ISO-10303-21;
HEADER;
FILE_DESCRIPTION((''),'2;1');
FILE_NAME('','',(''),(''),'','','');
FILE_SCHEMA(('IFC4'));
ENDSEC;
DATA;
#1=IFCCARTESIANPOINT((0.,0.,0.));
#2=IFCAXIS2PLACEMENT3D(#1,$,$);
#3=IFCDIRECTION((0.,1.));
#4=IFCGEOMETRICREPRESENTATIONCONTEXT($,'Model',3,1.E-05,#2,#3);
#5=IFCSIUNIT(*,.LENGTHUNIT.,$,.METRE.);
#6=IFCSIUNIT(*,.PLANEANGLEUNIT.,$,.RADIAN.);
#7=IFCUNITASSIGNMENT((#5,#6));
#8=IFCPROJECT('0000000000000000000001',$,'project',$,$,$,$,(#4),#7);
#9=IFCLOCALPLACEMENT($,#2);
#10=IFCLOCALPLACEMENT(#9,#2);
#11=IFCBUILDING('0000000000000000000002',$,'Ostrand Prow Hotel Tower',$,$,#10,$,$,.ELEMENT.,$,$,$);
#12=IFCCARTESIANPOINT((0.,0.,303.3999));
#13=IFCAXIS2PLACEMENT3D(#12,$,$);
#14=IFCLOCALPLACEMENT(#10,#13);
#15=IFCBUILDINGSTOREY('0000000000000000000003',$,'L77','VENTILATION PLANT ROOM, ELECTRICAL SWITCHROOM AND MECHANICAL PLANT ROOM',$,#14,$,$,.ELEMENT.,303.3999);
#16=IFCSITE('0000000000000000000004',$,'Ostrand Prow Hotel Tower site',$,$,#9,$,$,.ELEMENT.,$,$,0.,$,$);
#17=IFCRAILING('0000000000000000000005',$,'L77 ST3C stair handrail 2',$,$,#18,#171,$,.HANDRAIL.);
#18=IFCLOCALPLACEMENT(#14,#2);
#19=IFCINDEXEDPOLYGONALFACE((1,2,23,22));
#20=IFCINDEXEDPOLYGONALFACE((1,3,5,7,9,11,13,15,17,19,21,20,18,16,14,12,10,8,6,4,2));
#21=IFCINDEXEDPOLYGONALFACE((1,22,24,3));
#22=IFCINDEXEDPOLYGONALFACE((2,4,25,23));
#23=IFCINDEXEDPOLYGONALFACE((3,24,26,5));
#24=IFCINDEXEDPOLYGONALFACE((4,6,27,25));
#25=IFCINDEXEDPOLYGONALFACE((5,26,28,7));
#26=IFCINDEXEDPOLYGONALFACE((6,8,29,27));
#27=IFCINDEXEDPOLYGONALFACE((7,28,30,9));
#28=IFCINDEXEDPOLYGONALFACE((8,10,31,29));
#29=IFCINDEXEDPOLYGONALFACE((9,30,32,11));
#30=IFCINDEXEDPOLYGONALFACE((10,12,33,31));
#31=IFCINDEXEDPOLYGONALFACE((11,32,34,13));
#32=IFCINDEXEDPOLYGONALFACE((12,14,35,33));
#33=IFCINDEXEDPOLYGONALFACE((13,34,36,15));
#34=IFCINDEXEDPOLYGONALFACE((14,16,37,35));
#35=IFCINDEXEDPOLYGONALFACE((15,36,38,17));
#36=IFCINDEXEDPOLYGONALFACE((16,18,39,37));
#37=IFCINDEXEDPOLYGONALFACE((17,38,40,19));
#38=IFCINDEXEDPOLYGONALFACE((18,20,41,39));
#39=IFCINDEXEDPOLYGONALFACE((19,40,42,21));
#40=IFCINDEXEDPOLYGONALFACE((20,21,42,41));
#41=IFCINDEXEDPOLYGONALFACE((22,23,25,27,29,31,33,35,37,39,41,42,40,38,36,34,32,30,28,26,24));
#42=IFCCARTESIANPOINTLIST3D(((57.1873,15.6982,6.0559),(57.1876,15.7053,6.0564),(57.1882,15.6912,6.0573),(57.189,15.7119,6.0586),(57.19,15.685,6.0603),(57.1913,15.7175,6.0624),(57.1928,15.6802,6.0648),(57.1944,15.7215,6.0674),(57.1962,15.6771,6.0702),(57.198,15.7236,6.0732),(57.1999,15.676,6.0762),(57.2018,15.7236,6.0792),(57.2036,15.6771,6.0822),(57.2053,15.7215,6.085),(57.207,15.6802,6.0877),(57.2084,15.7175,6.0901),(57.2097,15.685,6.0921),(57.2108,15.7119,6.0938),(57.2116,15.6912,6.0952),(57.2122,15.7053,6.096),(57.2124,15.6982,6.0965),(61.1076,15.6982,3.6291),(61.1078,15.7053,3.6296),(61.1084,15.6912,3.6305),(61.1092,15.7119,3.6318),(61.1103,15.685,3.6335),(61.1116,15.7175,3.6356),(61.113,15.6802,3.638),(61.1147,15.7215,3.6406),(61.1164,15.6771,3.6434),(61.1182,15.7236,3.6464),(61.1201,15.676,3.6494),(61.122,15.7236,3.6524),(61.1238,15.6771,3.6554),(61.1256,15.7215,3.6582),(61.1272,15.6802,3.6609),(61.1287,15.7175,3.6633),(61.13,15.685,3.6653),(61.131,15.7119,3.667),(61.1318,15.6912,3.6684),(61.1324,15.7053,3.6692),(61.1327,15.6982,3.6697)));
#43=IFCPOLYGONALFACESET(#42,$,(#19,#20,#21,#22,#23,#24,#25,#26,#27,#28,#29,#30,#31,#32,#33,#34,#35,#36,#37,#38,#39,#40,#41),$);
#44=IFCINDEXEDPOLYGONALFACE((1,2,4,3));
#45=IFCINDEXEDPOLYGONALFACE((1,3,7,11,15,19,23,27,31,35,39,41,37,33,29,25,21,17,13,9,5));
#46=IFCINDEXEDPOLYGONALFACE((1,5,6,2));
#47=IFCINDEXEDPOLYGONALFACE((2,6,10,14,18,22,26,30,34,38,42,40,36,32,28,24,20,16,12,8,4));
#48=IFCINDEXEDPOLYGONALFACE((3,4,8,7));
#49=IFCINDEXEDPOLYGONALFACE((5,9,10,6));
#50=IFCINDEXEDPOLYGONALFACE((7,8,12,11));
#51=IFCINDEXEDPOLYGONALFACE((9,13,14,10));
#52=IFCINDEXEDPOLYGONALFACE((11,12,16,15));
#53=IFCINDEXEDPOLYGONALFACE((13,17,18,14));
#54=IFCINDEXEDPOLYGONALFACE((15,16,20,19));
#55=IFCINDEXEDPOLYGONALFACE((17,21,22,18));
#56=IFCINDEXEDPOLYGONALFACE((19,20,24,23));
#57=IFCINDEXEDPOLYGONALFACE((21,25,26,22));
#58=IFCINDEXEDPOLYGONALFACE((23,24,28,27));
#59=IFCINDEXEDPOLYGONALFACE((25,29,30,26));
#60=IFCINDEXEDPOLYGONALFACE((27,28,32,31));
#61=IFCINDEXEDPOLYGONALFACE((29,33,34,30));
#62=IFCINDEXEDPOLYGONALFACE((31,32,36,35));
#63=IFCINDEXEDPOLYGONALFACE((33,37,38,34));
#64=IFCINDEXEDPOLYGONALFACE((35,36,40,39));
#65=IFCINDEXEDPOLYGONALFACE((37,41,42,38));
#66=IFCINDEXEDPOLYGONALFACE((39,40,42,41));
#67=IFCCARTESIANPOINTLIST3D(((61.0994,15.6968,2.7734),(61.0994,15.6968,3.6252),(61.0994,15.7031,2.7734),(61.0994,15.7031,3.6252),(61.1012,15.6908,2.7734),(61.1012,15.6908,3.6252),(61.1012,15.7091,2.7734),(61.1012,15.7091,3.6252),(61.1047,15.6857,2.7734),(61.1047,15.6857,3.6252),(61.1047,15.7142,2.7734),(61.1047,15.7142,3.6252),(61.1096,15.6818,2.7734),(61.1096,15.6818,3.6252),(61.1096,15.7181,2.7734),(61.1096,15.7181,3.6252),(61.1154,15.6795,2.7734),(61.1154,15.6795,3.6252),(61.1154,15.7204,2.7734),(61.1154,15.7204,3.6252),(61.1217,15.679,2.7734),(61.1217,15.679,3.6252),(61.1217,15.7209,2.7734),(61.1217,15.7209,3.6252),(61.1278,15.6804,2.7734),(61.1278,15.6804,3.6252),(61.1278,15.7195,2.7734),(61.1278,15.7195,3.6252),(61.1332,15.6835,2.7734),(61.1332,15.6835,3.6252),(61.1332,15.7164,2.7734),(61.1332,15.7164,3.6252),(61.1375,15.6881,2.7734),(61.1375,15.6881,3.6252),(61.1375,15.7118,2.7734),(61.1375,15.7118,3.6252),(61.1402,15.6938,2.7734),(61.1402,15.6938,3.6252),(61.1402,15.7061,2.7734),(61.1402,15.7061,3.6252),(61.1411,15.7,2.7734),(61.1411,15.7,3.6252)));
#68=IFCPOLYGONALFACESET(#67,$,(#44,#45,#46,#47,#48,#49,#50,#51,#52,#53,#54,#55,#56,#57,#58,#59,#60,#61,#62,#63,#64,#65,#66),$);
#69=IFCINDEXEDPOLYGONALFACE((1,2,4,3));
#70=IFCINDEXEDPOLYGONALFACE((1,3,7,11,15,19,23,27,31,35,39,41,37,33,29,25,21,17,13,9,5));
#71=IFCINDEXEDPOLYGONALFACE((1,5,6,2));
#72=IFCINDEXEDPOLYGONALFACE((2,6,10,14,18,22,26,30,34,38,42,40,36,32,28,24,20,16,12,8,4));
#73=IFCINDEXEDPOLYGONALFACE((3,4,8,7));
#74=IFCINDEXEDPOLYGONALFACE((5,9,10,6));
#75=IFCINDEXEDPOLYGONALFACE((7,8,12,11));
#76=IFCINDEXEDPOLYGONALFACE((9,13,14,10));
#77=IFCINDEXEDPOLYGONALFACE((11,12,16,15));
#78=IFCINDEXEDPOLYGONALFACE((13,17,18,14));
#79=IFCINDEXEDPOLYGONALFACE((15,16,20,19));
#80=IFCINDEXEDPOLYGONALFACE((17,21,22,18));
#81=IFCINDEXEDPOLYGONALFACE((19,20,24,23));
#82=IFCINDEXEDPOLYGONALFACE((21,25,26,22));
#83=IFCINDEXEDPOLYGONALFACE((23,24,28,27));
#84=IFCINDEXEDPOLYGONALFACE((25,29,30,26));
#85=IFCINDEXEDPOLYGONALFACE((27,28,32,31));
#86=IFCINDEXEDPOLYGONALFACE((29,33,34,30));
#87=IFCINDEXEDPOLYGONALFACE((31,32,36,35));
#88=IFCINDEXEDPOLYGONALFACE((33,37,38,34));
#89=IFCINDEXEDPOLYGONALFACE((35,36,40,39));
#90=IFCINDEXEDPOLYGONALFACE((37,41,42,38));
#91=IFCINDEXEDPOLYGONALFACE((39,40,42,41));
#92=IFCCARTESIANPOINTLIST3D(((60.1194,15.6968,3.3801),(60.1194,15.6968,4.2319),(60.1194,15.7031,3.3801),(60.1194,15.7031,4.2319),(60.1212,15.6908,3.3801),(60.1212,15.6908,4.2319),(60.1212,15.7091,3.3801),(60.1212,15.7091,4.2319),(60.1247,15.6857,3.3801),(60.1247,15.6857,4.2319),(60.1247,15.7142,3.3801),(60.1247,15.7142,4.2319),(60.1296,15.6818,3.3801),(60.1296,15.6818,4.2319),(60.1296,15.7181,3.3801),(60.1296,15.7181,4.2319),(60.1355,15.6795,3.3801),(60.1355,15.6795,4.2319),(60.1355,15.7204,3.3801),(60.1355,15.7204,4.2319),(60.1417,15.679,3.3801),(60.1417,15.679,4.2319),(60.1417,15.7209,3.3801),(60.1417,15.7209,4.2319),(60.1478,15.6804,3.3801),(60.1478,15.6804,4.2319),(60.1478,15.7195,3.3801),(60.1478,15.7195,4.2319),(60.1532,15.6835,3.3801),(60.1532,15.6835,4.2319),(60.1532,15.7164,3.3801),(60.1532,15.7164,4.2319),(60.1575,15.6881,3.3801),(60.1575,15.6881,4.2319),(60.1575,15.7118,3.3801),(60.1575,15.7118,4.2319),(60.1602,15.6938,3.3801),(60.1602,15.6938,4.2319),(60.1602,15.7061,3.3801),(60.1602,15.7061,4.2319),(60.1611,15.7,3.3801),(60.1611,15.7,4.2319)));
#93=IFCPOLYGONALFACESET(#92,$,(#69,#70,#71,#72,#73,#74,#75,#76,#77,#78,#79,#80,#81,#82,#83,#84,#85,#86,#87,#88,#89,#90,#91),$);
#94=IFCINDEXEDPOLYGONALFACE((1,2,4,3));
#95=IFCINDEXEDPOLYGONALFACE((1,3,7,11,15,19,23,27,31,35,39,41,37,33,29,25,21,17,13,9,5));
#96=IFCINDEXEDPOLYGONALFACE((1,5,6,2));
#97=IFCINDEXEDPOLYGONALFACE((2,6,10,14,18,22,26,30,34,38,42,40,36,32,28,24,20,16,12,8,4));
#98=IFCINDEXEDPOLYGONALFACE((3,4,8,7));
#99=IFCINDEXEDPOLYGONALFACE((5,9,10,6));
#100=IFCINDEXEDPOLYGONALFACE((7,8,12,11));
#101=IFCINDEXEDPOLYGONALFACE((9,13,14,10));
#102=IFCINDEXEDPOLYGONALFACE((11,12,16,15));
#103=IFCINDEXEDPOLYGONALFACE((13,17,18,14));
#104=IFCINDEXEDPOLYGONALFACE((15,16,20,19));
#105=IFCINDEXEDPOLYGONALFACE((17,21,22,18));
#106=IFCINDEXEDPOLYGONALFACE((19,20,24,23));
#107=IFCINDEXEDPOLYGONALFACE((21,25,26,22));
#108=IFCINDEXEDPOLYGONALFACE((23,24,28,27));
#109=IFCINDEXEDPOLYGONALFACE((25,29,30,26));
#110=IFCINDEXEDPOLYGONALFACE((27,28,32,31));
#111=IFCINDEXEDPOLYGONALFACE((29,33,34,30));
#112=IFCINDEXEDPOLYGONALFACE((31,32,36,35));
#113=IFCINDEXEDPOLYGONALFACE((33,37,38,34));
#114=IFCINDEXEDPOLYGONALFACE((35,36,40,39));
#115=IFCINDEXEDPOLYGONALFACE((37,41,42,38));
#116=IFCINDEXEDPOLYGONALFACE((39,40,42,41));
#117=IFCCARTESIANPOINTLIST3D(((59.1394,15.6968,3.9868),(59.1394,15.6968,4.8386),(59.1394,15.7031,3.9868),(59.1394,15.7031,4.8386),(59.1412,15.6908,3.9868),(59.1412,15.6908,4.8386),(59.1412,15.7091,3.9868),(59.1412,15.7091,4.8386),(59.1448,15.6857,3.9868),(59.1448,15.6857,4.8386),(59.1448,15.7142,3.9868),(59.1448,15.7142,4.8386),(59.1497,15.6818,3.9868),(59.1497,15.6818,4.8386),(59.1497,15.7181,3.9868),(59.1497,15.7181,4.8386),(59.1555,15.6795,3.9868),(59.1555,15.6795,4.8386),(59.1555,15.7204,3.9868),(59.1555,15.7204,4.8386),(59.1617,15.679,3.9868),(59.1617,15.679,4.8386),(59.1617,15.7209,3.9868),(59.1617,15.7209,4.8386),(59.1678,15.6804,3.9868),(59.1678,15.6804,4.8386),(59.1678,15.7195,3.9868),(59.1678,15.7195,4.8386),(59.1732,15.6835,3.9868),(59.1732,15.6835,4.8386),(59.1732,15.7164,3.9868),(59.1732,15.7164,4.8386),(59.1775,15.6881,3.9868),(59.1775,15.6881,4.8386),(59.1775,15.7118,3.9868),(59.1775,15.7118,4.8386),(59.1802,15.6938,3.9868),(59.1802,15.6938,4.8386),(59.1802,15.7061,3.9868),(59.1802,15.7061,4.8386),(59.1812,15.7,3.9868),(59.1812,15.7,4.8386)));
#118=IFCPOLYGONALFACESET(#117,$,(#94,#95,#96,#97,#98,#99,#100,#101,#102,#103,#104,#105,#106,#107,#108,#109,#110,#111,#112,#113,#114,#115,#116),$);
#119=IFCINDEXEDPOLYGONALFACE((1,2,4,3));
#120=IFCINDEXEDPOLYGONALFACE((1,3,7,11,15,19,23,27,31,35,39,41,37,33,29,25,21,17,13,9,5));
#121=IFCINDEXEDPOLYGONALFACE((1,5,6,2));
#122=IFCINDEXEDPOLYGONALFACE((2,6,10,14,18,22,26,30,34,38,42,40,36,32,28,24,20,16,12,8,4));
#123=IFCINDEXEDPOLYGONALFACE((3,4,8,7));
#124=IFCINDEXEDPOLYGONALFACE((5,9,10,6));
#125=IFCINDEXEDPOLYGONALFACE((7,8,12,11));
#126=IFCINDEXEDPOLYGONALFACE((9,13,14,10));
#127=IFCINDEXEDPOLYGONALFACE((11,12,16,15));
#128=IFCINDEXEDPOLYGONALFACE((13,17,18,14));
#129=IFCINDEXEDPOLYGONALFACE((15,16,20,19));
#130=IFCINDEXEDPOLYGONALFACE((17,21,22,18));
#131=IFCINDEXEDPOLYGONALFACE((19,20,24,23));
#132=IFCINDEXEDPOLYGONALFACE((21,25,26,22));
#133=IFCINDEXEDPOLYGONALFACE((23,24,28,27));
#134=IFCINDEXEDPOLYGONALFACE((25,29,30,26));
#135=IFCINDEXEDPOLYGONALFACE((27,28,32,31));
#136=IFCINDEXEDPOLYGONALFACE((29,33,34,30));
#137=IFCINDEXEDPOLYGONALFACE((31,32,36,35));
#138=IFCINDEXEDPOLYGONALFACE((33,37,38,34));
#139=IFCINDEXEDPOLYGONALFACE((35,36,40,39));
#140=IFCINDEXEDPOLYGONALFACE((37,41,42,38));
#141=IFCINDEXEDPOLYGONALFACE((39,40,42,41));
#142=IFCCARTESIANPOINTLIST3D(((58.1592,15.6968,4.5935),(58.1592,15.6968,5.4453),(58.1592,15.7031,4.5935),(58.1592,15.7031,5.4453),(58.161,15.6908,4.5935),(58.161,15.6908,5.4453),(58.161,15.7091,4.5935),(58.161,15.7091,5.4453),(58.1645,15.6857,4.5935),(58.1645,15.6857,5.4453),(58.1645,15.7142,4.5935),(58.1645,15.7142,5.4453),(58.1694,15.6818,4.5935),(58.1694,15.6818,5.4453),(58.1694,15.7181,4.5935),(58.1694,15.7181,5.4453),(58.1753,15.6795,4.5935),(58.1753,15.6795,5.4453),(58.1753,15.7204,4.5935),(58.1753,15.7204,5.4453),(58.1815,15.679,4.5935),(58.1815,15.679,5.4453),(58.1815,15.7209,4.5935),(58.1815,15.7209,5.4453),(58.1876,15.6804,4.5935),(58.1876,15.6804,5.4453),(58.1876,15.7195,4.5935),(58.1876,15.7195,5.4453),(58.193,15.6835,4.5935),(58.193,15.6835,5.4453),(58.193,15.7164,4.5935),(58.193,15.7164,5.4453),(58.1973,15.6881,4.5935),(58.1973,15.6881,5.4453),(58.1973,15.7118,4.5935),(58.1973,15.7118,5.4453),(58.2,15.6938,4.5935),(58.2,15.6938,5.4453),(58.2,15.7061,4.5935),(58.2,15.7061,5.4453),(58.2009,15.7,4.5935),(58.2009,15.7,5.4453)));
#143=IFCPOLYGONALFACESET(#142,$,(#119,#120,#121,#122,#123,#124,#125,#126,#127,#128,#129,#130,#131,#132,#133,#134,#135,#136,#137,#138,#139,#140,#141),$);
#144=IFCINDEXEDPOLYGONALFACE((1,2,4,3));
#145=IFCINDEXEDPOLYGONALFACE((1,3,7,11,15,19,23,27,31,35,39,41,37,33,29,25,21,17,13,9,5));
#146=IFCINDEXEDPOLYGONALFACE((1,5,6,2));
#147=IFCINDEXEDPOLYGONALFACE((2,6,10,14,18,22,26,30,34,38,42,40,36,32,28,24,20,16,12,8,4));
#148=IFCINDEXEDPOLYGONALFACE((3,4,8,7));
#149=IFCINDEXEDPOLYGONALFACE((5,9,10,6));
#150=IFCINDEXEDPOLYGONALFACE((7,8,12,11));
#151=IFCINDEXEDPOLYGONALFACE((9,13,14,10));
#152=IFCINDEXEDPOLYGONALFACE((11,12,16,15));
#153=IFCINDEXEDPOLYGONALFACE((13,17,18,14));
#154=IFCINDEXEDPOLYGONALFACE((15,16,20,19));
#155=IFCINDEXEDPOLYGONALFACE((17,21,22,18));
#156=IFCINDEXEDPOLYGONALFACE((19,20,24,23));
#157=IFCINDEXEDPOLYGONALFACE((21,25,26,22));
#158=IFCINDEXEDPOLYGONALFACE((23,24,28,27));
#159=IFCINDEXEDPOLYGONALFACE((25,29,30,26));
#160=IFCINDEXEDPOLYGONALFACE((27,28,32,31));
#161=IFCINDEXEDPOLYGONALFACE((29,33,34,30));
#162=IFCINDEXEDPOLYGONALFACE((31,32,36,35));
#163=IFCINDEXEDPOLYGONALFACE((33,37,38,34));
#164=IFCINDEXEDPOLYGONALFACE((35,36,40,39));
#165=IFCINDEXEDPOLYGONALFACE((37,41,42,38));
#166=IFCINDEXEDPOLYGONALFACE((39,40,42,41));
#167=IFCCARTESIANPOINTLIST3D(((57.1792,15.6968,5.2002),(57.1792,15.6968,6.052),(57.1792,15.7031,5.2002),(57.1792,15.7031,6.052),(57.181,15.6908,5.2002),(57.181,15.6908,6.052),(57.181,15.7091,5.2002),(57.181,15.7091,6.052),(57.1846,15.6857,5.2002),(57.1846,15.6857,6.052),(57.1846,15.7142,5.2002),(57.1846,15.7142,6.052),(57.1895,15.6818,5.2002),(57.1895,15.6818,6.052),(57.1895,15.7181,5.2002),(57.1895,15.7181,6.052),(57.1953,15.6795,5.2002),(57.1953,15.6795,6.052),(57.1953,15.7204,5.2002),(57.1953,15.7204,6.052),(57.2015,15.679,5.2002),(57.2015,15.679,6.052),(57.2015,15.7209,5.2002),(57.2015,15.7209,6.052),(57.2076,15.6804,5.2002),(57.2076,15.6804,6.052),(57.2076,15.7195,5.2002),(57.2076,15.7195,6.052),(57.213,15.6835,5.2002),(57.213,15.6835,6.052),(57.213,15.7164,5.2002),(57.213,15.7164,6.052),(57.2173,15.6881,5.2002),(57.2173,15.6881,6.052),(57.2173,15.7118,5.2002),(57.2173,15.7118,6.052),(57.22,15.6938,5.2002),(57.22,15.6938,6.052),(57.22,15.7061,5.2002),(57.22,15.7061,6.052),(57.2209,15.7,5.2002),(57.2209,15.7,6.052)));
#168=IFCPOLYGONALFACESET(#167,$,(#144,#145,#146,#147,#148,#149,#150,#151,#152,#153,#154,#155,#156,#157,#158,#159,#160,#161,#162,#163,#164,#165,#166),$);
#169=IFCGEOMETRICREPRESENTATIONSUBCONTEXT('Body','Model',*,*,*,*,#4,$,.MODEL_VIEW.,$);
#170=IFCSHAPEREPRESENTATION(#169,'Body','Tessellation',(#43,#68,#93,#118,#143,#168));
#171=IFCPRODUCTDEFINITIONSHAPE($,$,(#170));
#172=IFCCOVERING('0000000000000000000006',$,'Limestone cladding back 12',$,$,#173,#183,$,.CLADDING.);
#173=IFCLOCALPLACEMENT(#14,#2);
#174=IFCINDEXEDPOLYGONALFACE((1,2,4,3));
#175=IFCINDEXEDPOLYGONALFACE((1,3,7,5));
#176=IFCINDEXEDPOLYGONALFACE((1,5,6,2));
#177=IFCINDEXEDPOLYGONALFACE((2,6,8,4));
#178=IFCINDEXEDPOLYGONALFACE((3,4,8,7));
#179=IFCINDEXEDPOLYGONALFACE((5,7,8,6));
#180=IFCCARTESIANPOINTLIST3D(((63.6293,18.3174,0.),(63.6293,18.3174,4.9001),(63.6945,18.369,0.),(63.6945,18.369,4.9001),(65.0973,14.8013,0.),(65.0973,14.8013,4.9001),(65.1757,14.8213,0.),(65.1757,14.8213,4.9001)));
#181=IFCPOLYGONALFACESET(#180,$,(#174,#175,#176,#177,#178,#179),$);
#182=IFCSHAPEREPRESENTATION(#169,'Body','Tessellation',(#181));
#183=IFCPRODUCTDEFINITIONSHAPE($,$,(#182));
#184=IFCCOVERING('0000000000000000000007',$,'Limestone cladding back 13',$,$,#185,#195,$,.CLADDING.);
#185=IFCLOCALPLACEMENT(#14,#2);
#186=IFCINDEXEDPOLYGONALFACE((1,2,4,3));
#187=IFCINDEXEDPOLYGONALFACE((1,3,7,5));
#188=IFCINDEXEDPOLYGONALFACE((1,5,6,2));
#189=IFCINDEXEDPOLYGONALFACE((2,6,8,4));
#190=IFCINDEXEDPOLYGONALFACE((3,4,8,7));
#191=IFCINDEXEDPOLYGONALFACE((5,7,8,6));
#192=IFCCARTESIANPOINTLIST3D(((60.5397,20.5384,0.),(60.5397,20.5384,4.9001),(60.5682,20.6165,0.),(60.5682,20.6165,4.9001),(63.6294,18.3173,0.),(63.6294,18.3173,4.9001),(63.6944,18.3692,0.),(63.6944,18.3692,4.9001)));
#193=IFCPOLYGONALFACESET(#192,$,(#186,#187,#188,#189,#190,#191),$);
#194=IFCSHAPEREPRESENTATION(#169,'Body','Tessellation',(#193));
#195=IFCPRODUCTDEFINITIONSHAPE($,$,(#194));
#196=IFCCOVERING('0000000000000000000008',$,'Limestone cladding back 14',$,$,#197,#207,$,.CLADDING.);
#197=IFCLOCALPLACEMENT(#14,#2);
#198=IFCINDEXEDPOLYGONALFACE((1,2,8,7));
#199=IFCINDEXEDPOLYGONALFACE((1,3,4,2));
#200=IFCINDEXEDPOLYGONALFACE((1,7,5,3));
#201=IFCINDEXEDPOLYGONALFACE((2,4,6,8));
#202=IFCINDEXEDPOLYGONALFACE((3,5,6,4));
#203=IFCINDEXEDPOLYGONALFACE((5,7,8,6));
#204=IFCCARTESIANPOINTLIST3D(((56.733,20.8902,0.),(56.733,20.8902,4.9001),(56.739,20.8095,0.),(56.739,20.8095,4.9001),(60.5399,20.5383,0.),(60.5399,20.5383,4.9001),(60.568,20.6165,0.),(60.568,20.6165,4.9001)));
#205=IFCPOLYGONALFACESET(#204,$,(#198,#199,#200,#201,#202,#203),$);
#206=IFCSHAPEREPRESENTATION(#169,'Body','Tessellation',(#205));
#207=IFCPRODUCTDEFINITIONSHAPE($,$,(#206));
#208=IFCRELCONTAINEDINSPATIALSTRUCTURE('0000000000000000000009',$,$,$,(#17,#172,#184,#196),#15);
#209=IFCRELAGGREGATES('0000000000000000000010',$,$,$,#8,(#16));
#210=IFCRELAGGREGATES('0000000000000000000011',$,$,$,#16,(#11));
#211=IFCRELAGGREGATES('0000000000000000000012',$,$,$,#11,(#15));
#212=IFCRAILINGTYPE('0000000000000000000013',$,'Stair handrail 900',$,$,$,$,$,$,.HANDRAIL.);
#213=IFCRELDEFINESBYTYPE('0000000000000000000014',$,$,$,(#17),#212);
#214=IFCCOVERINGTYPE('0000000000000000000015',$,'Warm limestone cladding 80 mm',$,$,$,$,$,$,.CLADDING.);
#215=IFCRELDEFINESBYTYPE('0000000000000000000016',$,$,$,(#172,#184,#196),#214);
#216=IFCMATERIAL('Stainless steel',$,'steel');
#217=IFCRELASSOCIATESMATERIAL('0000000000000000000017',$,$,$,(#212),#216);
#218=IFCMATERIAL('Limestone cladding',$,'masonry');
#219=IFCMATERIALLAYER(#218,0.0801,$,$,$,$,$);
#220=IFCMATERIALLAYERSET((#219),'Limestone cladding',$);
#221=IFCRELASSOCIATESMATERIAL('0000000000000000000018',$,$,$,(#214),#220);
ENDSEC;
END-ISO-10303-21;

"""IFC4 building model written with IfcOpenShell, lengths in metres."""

from ifc_helpers import new_model, si_unit, direction, frame, origin, origin_2d, place, context, subcontext, project, spatial, polyline, circle, outline, extrude, material, layer, layer_set, type_object, element, save


model = new_model("IFC4")

# Units and contexts
model_context = context("Model", 3, precision=1e-05, world=origin(), true_north=direction((0.0, 1.0)))
body_context = subcontext(model_context, "Body", "Model", "MODEL_VIEW")
ifc_project = project(units=[si_unit("LENGTHUNIT", "METRE"), si_unit("PLANEANGLEUNIT", "RADIAN")], contexts=[model_context])

# Site, building, storey
site_placement = place(None, origin())
site = spatial("IfcSite", under=ifc_project, at=site_placement, Name="Ostrand Prow Hotel Tower site", CompositionType="ELEMENT", RefElevation=0.0)
building_placement = place(site_placement, origin())
building = spatial("IfcBuilding", under=site, at=building_placement, Name="Ostrand Prow Hotel Tower", CompositionType="ELEMENT")
storey_placement = place(building_placement, frame((0.0, 0.0, 303.3999)))
storey = spatial("IfcBuildingStorey", under=building, at=storey_placement, Name="L77", Description="VENTILATION PLANT ROOM, ELECTRICAL SWITCHROOM AND MECHANICAL PLANT ROOM", CompositionType="ELEMENT", Elevation=303.3999)

# Railing
ifc_material_1 = material(Name="Stainless steel", Category="steel")
railing_type_1 = type_object("IfcRailingType", Name="Stair handrail 900", PredefinedType="HANDRAIL", material=ifc_material_1)
railing_1_placement = place(storey_placement, frame((61.1201, 15.7, 2.7734)))
element("IfcRailing", 1, at=railing_1_placement, inside=storey, type_object=railing_type_1, Name="L77 ST3C stair handrail 2", PredefinedType="HANDRAIL", context=body_context, shape_type="SweptSolid", body=[
    extrude(circle(Radius=0.0239, at=origin_2d()), frame((0.0, 0.0, 0.876), z_axis=(-0.850266, 0.0, 0.526353), x_axis=(0.0, -1.0, 0.0)), (0.0, 0.0, 1.0), 4.6106),
    extrude(circle(Radius=0.021, at=origin_2d()), origin(), (0.0, 0.0, 1.0), 0.8518),
    extrude(circle(Radius=0.021, at=origin_2d()), frame((-0.98, 0.0, 0.6067)), (0.0, 0.0, 1.0), 0.8518),
    extrude(circle(Radius=0.021, at=origin_2d()), frame((-1.96, 0.0, 1.2134)), (0.0, 0.0, 1.0), 0.8518),
    extrude(circle(Radius=0.021, at=origin_2d()), frame((-2.9402, 0.0, 1.8201)), (0.0, 0.0, 1.0), 0.8518),
    extrude(circle(Radius=0.021, at=origin_2d()), frame((-3.9202, 0.0, 2.4268)), (0.0, 0.0, 1.0), 0.8518),
])

# Coverings
ifc_material_2 = material(Name="Limestone cladding", Category="masonry")
ifc_layer_1 = layer(ifc_material_2, 0.0801)
ifc_layer_set_1 = layer_set([ifc_layer_1], Name="Limestone cladding")
covering_type_1 = type_object("IfcCoveringType", Name="Warm limestone cladding 80 mm", PredefinedType="CLADDING", material=ifc_layer_set_1)
covering_1_placement = place(storey_placement, frame((65.1365, 14.8113, 0.0), z_axis=(0.0, 0.0, 1.0), x_axis=(-0.385272, 0.922803, 0.0)))
element("IfcCovering", 2, at=covering_1_placement, inside=storey, type_object=covering_type_1, Name="Limestone cladding back 12", PredefinedType="CLADDING", context=body_context, shape_type="SweptSolid", body=[
    extrude(outline(polyline([(-0.0059, -0.04), (3.8386, -0.04), (3.8162, 0.04), (0.0059, 0.04), (-0.0059, -0.04)])), origin(), (0.0, 0.0, 1.0), 4.9001),
])
covering_2_placement = place(storey_placement, frame((63.6619, 18.3433, 0.0), z_axis=(0.0, 0.0, 1.0), x_axis=(-0.811976, 0.583691, 0.0)))
element("IfcCovering", 3, at=covering_2_placement, inside=storey, type_object=covering_type_1, Name="Limestone cladding back 13", PredefinedType="CLADDING", context=body_context, shape_type="SweptSolid", body=[
    extrude(outline(polyline([(-0.0112, -0.04), (3.8389, -0.04), (3.8164, 0.04), (0.0112, 0.04), (-0.0112, -0.04)])), origin(), (0.0, 0.0, 1.0), 4.9001),
])
covering_3_placement = place(storey_placement, frame((60.554, 20.5774, 0.0), z_axis=(0.0, 0.0, 1.0), x_axis=(-0.997463, 0.071184, 0.0)))
element("IfcCovering", 4, at=covering_3_placement, inside=storey, type_object=covering_type_1, Name="Limestone cladding back 14", PredefinedType="CLADDING", context=body_context, shape_type="SweptSolid", body=[
    extrude(outline(polyline([(-0.0112, -0.04), (3.8335, -0.04), (3.8218, 0.04), (0.0112, 0.04), (-0.0112, -0.04)])), origin(), (0.0, 0.0, 1.0), 4.9001),
])

save(model, "model.ifc")
